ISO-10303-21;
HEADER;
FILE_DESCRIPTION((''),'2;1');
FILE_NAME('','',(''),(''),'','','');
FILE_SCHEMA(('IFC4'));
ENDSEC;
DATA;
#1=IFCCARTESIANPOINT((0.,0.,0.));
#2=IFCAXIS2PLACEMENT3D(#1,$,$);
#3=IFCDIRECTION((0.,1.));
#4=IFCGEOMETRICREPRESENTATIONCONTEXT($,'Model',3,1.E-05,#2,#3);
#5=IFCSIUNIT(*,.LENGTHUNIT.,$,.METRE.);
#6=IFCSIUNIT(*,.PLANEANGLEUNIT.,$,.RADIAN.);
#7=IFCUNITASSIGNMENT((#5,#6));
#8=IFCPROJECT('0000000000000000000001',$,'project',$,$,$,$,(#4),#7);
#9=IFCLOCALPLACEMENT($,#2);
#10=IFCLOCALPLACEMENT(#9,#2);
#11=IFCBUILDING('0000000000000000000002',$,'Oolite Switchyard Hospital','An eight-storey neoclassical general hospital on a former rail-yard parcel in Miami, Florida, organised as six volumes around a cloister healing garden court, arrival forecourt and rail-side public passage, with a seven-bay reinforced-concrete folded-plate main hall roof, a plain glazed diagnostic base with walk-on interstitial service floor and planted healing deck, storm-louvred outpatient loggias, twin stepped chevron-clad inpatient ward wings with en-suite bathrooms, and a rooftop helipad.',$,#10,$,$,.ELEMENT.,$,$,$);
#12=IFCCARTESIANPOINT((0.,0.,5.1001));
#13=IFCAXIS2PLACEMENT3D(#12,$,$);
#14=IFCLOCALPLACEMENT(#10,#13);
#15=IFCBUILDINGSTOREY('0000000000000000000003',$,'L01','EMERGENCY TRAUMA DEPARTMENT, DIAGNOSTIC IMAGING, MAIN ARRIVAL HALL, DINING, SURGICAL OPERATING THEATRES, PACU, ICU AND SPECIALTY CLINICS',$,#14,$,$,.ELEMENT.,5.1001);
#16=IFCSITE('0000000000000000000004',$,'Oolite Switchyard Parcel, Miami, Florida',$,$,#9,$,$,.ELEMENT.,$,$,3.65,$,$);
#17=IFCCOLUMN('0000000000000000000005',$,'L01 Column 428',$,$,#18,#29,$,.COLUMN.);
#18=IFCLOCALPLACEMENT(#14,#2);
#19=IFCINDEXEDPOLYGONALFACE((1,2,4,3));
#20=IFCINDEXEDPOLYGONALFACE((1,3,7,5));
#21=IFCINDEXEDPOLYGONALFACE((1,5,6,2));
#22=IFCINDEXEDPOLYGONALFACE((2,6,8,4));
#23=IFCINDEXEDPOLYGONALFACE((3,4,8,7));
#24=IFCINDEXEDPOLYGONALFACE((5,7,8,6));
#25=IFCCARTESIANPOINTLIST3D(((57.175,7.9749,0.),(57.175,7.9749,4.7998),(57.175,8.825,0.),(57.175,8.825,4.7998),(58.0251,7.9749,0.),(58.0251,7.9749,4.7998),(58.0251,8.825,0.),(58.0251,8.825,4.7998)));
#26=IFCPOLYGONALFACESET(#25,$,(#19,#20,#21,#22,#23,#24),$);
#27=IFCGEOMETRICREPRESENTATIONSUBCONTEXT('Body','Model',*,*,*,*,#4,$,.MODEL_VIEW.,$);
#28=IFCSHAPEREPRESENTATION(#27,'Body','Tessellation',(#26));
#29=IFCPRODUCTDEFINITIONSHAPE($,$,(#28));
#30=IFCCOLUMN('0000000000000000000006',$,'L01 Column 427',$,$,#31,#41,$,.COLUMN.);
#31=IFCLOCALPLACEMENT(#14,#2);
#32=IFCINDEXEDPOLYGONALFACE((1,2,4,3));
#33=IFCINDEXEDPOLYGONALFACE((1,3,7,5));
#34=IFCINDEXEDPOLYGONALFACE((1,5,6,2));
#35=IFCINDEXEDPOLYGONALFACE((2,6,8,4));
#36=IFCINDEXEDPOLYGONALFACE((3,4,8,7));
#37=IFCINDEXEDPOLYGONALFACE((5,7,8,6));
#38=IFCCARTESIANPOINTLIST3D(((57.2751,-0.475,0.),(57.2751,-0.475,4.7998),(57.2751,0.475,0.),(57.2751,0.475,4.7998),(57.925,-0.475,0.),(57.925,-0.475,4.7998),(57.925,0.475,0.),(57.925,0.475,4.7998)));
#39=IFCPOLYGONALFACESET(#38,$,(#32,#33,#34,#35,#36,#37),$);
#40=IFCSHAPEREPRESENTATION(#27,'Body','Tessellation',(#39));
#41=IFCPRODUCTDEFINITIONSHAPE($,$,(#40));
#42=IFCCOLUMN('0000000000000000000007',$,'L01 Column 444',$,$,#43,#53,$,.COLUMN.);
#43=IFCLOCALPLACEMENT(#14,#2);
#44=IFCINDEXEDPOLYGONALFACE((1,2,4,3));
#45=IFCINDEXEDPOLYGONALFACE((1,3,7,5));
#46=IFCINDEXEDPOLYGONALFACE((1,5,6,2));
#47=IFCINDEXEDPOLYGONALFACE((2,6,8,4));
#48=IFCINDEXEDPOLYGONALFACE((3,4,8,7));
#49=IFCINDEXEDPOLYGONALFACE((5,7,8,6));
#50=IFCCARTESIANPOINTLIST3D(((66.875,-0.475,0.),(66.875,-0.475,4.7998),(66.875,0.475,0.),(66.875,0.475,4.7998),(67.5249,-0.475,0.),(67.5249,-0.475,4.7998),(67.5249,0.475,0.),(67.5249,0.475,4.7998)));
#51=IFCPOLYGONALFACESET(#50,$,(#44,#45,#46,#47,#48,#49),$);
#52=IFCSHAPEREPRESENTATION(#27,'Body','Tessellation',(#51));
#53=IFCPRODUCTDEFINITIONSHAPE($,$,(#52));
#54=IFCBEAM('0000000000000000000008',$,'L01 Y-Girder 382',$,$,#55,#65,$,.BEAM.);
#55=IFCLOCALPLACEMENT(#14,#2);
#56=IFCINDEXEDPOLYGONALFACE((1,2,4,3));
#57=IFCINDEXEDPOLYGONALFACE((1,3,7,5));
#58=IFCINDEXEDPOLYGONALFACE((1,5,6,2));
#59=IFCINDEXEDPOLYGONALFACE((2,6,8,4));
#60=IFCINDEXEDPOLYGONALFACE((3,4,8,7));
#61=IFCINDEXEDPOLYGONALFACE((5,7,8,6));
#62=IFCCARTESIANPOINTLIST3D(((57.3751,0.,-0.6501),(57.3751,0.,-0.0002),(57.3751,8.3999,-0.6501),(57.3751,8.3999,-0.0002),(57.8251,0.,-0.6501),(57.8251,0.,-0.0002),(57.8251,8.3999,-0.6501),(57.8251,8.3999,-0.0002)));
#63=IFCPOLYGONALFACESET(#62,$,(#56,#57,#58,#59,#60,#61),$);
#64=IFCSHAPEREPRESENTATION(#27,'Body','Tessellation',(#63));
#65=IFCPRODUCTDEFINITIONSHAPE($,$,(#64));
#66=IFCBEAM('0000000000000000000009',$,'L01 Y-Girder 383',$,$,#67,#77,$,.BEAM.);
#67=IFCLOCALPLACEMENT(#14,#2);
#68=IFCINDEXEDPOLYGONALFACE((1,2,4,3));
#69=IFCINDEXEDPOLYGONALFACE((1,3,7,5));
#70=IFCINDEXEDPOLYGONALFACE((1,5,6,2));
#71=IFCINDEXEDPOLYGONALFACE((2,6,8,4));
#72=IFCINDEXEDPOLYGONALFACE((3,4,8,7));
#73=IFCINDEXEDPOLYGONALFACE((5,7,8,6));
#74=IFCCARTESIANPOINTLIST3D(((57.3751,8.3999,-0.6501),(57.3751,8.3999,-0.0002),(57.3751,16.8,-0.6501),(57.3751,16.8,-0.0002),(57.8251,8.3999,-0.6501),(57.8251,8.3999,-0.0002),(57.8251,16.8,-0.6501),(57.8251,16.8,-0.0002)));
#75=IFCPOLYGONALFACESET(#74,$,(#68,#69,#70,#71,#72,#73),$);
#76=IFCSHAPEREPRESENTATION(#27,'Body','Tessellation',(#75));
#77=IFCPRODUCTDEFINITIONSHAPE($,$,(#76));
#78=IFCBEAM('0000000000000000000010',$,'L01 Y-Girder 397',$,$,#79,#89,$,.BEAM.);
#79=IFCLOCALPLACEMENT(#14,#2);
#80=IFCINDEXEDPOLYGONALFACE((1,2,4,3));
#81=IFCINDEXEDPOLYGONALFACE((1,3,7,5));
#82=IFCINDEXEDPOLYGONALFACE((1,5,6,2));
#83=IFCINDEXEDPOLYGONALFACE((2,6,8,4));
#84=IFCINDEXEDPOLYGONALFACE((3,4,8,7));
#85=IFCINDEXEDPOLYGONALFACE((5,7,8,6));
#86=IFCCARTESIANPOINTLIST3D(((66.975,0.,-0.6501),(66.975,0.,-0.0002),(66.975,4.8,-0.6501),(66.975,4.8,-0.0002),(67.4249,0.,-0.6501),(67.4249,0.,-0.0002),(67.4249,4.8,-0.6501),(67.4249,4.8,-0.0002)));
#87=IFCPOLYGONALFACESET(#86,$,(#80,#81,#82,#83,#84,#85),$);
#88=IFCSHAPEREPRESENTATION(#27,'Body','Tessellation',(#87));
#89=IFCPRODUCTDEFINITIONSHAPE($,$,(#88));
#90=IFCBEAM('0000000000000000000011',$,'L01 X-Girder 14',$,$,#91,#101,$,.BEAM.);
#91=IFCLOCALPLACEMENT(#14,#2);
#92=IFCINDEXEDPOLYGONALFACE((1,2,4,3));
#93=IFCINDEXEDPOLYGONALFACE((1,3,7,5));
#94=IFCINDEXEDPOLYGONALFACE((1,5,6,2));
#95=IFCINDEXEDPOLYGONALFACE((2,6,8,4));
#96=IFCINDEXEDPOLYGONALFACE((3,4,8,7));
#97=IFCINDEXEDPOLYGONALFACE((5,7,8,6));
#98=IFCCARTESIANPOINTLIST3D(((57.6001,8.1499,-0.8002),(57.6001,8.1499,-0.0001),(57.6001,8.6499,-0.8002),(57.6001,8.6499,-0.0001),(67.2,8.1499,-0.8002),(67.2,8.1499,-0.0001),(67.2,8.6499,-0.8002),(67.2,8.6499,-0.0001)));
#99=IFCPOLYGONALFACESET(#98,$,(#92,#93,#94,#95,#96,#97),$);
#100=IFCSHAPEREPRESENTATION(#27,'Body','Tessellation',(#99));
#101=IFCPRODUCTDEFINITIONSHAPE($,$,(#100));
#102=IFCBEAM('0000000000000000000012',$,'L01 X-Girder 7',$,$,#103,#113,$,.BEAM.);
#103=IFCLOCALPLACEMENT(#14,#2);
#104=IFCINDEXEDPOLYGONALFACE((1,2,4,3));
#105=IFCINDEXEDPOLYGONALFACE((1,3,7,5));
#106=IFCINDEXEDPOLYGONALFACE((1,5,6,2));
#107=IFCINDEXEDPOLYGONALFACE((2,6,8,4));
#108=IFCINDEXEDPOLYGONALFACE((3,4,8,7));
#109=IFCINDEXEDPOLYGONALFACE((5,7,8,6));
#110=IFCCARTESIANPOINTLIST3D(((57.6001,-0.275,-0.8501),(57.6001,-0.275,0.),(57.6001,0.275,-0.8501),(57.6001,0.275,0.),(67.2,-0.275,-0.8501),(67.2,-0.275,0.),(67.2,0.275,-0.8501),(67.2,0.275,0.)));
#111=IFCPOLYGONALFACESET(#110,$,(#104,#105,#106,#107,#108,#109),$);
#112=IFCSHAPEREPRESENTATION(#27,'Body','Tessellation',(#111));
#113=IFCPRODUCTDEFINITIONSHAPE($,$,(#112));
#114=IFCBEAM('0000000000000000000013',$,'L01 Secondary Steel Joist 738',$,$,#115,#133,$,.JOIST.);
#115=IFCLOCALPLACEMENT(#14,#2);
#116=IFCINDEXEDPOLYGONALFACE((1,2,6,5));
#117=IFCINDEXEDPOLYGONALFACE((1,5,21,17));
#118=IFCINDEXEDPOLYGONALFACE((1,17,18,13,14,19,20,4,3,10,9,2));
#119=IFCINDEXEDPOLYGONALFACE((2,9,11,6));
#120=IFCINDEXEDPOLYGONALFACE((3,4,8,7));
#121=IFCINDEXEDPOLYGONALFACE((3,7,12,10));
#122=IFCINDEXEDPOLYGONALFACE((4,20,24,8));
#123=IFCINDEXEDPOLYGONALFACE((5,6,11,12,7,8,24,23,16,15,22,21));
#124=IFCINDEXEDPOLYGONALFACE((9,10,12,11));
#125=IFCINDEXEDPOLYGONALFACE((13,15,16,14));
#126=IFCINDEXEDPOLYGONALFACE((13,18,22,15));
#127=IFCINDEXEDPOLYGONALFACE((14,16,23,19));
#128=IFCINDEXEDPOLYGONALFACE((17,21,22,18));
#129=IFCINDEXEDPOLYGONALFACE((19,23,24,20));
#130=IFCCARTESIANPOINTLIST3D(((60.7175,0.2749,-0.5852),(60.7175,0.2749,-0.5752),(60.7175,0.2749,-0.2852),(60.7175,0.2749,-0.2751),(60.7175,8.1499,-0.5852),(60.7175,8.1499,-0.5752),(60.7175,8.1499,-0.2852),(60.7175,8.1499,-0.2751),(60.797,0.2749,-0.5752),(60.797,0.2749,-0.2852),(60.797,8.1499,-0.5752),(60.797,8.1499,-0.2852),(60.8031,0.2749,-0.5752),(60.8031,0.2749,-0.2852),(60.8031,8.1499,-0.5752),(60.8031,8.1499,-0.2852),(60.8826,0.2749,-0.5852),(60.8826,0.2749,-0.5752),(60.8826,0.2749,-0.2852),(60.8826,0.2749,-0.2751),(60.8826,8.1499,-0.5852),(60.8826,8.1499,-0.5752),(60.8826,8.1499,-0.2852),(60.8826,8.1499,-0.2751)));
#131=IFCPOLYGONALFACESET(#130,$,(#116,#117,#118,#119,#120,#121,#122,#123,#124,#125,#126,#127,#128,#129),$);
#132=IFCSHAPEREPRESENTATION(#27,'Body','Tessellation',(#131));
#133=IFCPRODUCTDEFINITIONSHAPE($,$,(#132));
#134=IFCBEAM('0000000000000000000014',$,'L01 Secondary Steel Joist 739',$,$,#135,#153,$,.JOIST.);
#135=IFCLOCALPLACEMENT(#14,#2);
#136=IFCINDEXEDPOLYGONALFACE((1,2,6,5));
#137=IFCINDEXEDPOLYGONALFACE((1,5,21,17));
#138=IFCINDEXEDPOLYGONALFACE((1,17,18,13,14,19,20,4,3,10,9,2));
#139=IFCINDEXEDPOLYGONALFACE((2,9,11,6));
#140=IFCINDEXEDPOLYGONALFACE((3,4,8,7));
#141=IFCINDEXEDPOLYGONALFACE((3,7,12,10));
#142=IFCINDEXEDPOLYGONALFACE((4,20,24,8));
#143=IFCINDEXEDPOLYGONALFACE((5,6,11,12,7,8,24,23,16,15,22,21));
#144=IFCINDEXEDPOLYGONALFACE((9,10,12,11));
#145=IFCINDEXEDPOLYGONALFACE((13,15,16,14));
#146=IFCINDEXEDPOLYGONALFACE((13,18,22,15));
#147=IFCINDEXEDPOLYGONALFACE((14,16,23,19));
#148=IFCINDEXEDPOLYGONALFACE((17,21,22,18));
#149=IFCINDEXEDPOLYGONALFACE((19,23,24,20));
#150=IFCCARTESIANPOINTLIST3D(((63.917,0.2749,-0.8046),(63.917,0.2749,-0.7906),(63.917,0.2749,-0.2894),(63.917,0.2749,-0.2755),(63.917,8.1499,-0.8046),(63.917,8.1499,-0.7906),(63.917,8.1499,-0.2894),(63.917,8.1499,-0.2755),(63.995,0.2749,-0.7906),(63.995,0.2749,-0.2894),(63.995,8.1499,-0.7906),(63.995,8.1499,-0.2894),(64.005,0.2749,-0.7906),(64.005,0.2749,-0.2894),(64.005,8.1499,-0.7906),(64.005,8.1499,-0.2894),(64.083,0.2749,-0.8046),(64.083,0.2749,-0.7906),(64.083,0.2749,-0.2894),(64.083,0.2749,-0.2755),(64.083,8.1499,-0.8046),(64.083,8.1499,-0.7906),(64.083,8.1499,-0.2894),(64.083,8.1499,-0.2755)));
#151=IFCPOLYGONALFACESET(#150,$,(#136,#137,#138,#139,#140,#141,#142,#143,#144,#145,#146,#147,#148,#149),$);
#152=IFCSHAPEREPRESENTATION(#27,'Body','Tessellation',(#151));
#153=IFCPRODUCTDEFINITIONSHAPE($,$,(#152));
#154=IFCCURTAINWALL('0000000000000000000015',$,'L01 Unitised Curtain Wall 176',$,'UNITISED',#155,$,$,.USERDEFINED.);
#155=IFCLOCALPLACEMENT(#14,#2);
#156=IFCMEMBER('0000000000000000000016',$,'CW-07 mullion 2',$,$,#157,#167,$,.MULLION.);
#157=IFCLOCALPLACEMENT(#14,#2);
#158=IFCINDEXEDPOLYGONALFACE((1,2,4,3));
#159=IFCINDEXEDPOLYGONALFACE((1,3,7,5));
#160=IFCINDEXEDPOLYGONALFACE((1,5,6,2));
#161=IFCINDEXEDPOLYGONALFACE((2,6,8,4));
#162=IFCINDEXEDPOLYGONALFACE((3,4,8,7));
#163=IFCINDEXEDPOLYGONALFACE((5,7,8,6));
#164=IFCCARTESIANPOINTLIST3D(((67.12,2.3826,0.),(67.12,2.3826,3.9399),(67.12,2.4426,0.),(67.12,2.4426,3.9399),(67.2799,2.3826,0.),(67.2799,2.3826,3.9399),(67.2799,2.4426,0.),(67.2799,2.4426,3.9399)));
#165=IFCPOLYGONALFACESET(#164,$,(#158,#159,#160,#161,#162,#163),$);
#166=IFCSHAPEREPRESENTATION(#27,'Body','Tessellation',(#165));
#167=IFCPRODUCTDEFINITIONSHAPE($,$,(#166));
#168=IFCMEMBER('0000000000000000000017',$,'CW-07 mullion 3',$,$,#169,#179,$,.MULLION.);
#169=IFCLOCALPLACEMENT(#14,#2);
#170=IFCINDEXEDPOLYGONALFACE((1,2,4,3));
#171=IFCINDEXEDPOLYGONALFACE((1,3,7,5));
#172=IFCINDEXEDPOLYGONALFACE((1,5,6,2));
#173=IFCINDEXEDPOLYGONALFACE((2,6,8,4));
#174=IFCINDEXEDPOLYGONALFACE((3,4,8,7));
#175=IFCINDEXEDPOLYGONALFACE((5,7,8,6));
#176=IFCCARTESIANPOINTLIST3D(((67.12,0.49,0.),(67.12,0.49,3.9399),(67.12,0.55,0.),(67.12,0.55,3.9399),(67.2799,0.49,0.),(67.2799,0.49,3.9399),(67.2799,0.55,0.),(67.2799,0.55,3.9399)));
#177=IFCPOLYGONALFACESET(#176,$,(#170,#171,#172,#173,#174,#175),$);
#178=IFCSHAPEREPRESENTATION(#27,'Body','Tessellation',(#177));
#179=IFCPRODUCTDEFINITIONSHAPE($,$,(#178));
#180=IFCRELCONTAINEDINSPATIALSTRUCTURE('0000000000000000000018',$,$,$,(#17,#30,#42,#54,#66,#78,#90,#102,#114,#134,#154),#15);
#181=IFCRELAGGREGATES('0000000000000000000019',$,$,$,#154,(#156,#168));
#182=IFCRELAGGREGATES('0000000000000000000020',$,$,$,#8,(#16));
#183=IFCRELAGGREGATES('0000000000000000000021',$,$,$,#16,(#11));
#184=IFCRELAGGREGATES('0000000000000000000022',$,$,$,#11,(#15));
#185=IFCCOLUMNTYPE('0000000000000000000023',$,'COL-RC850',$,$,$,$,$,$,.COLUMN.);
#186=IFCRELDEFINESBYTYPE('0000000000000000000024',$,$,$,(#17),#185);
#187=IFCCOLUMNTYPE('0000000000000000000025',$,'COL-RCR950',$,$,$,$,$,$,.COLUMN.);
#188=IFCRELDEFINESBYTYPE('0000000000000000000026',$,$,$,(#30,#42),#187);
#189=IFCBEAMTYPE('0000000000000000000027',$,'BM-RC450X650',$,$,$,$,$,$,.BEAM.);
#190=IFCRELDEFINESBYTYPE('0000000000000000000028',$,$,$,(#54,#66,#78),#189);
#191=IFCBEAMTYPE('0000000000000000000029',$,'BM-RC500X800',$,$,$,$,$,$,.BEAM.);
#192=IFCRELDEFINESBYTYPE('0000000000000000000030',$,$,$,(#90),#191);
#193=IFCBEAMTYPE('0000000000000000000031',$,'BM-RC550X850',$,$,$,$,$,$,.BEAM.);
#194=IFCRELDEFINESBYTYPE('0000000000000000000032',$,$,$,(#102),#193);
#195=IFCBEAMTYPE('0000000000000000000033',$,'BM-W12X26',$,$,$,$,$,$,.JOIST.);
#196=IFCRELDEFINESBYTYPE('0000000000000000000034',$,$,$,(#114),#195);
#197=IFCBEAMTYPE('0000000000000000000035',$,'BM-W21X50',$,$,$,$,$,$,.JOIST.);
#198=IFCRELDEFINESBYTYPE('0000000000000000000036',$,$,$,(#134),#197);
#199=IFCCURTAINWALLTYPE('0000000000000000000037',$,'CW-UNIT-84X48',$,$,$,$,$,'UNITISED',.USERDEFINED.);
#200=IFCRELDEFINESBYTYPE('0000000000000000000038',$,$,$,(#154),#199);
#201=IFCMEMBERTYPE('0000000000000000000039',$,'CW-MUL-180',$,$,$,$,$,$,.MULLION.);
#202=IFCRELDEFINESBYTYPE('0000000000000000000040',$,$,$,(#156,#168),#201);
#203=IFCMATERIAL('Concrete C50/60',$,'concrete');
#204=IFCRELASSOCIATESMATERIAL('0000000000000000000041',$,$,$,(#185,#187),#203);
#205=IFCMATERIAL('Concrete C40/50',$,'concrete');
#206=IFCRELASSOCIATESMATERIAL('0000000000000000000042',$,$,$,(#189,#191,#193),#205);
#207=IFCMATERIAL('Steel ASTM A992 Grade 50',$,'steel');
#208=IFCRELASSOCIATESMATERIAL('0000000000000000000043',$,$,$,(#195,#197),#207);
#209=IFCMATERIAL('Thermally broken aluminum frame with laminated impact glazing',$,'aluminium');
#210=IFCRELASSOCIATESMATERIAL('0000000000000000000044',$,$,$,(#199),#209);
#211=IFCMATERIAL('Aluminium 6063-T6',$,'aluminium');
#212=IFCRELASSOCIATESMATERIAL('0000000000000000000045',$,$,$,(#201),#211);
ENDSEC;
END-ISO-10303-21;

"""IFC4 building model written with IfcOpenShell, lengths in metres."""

from ifc_helpers import new_model, si_unit, direction, frame, origin, origin_2d, place, context, subcontext, project, spatial, rectangle, i_section, extrude, material, material_profile, profile_set, type_object, element, aggregate, save


model = new_model("IFC4")

# Units and contexts
model_context = context("Model", 3, precision=1e-05, world=origin(), true_north=direction((0.0, 1.0)))
body_context = subcontext(model_context, "Body", "Model", "MODEL_VIEW")
ifc_project = project(units=[si_unit("LENGTHUNIT", "METRE"), si_unit("PLANEANGLEUNIT", "RADIAN")], contexts=[model_context])

# Site, building, storey
site_placement = place(None, origin())
site = spatial("IfcSite", under=ifc_project, at=site_placement, Name="Oolite Switchyard Parcel, Miami, Florida", CompositionType="ELEMENT", RefElevation=3.65)
building_placement = place(site_placement, origin())
building = spatial("IfcBuilding", under=site, at=building_placement, Name="Oolite Switchyard Hospital", Description="An eight-storey neoclassical general hospital on a former rail-yard parcel in Miami, Florida, organised as six volumes around a cloister healing garden court, arrival forecourt and rail-side public passage, with a seven-bay reinforced-concrete folded-plate main hall roof, a plain glazed diagnostic base with walk-on interstitial service floor and planted healing deck, storm-louvred outpatient loggias, twin stepped chevron-clad inpatient ward wings with en-suite bathrooms, and a rooftop helipad.", CompositionType="ELEMENT")
storey_placement = place(building_placement, frame((0.0, 0.0, 5.1001)))
storey = spatial("IfcBuildingStorey", under=building, at=storey_placement, Name="L01", Description="EMERGENCY TRAUMA DEPARTMENT, DIAGNOSTIC IMAGING, MAIN ARRIVAL HALL, DINING, SURGICAL OPERATING THEATRES, PACU, ICU AND SPECIALTY CLINICS", CompositionType="ELEMENT", Elevation=5.1001)

# Columns
ifc_material_1 = material(Name="Concrete C50/60", Category="concrete")
ifc_material_profile_1 = material_profile(ifc_material_1, rectangle(XDim=0.8501, YDim=0.8501, at=origin_2d()), Name="RC850X850")
ifc_profile_set_1 = profile_set([ifc_material_profile_1], Name="Concrete C50/60")
column_type_1 = type_object("IfcColumnType", Name="COL-RC850", PredefinedType="COLUMN", material=ifc_profile_set_1)
column_placement = place(storey_placement, frame((57.6001, 8.3999, 0.0), z_axis=(0.0, 0.0, 1.0), x_axis=(1.0, 0.0, 0.0)))
element("IfcColumn", 1, at=column_placement, inside=storey, type_object=column_type_1, Name="L01 Column 428", PredefinedType="COLUMN", context=body_context, shape_type="SweptSolid", body=[
    extrude(rectangle(XDim=0.8501, YDim=0.8501, at=origin_2d()), origin(), (0.0, 0.0, 1.0), 4.7998),
])
ifc_material_profile_2 = material_profile(ifc_material_1, rectangle(XDim=0.95, YDim=0.6499, at=origin_2d()), Name="RC950X650")
ifc_profile_set_2 = profile_set([ifc_material_profile_2], Name="Concrete C50/60")
column_type_2 = type_object("IfcColumnType", Name="COL-RCR950", PredefinedType="COLUMN", material=ifc_profile_set_2)
for number, where, z_axis, x_axis, name in (
    (2, (57.6001, 0.0, 0.0), (0.0, 0.0, 1.0), (0.0, 1.0, 0.0), "L01 Column 427"),
    (3, (67.2, 0.0, 0.0), (0.0, 0.0, 1.0), (0.0, 1.0, 0.0), "L01 Column 444"),
):
    element("IfcColumn", number, at=place(storey_placement, frame(where, z_axis=z_axis, x_axis=x_axis)), inside=storey, type_object=column_type_2, Name=name, PredefinedType="COLUMN", context=body_context, shape_type="SweptSolid", body=[
        extrude(rectangle(XDim=0.95, YDim=0.6499, at=origin_2d()), origin(), (0.0, 0.0, 1.0), 4.7998),
    ])

# Beams
ifc_material_2 = material(Name="Concrete C40/50", Category="concrete")
ifc_material_profile_3 = material_profile(ifc_material_2, rectangle(XDim=0.45, YDim=0.6499, at=origin_2d()), Name="RCB450X650")
ifc_profile_set_3 = profile_set([ifc_material_profile_3], Name="Concrete C40/50")
beam_type_1 = type_object("IfcBeamType", Name="BM-RC450X650", PredefinedType="BEAM", material=ifc_profile_set_3)
beam_1_placement = place(storey_placement, frame((57.6001, 0.0, -0.3252), z_axis=(0.0, 1.0, 0.0), x_axis=(-1.0, 0.0, 0.0)))
element("IfcBeam", 4, at=beam_1_placement, inside=storey, type_object=beam_type_1, Name="L01 Y-Girder 382", PredefinedType="BEAM", context=body_context, shape_type="SweptSolid", body=[
    extrude(rectangle(XDim=0.45, YDim=0.6499, at=origin_2d()), origin(), (0.0, 0.0, 1.0), 8.3999),
])
beam_2_placement = place(storey_placement, frame((57.6001, 8.3999, -0.3252), z_axis=(0.0, 1.0, 0.0), x_axis=(-1.0, 0.0, 0.0)))
element("IfcBeam", 5, at=beam_2_placement, inside=storey, type_object=beam_type_1, Name="L01 Y-Girder 383", PredefinedType="BEAM", context=body_context, shape_type="SweptSolid", body=[
    extrude(rectangle(XDim=0.45, YDim=0.6499, at=origin_2d()), origin(), (0.0, 0.0, 1.0), 8.4001),
])
beam_3_placement = place(storey_placement, frame((67.2, 0.0, -0.3252), z_axis=(0.0, 1.0, 0.0), x_axis=(-1.0, 0.0, 0.0)))
element("IfcBeam", 6, at=beam_3_placement, inside=storey, type_object=beam_type_1, Name="L01 Y-Girder 397", PredefinedType="BEAM", context=body_context, shape_type="SweptSolid", body=[
    extrude(rectangle(XDim=0.45, YDim=0.6499, at=origin_2d()), origin(), (0.0, 0.0, 1.0), 4.8),
])
ifc_material_profile_4 = material_profile(ifc_material_2, rectangle(XDim=0.5, YDim=0.8, at=origin_2d()), Name="RCB500X800")
ifc_profile_set_4 = profile_set([ifc_material_profile_4], Name="Concrete C40/50")
beam_type_2 = type_object("IfcBeamType", Name="BM-RC500X800", PredefinedType="BEAM", material=ifc_profile_set_4)
beam_4_placement = place(storey_placement, frame((57.6001, 8.3999, -0.4001), z_axis=(1.0, 0.0, 0.0), x_axis=(0.0, 1.0, 0.0)))
element("IfcBeam", 7, at=beam_4_placement, inside=storey, type_object=beam_type_2, Name="L01 X-Girder 14", PredefinedType="BEAM", context=body_context, shape_type="SweptSolid", body=[
    extrude(rectangle(XDim=0.5, YDim=0.8, at=origin_2d()), origin(), (0.0, 0.0, 1.0), 9.5999),
])
ifc_material_profile_5 = material_profile(ifc_material_2, rectangle(XDim=0.55, YDim=0.8501, at=origin_2d()), Name="RCB550X850")
ifc_profile_set_5 = profile_set([ifc_material_profile_5], Name="Concrete C40/50")
beam_type_3 = type_object("IfcBeamType", Name="BM-RC550X850", PredefinedType="BEAM", material=ifc_profile_set_5)
beam_5_placement = place(storey_placement, frame((57.6001, 0.0, -0.425), z_axis=(1.0, 0.0, 0.0), x_axis=(0.0, 1.0, 0.0)))
element("IfcBeam", 8, at=beam_5_placement, inside=storey, type_object=beam_type_3, Name="L01 X-Girder 7", PredefinedType="BEAM", context=body_context, shape_type="SweptSolid", body=[
    extrude(rectangle(XDim=0.55, YDim=0.8501, at=origin_2d()), origin(), (0.0, 0.0, 1.0), 9.5999),
])
ifc_material_3 = material(Name="Steel ASTM A992 Grade 50", Category="steel")
ifc_material_profile_6 = material_profile(ifc_material_3, i_section(OverallWidth=0.165, OverallDepth=0.3101, WebThickness=0.0061, FlangeThickness=0.01, at=origin_2d()), Name="W12X26")
ifc_profile_set_6 = profile_set([ifc_material_profile_6], Name="Steel ASTM A992 Grade 50")
beam_type_4 = type_object("IfcBeamType", Name="BM-W12X26", PredefinedType="JOIST", material=ifc_profile_set_6)
beam_6_placement = place(storey_placement, frame((60.8, 0.2749, -0.4302), z_axis=(0.0, 1.0, 0.0), x_axis=(-1.0, 0.0, 0.0)))
element("IfcBeam", 9, at=beam_6_placement, inside=storey, type_object=beam_type_4, Name="L01 Secondary Steel Joist 738", PredefinedType="JOIST", context=body_context, shape_type="SweptSolid", body=[
    extrude(i_section(OverallWidth=0.165, OverallDepth=0.3101, WebThickness=0.0061, FlangeThickness=0.01, at=origin_2d()), origin(), (0.0, 0.0, 1.0), 7.875),
])
ifc_material_profile_7 = material_profile(ifc_material_3, i_section(OverallWidth=0.166, OverallDepth=0.5291, WebThickness=0.01, FlangeThickness=0.0139, at=origin_2d()), Name="W21X50")
ifc_profile_set_7 = profile_set([ifc_material_profile_7], Name="Steel ASTM A992 Grade 50")
beam_type_5 = type_object("IfcBeamType", Name="BM-W21X50", PredefinedType="JOIST", material=ifc_profile_set_7)
beam_7_placement = place(storey_placement, frame((64.0, 0.2749, -0.54), z_axis=(0.0, 1.0, 0.0), x_axis=(-1.0, 0.0, 0.0)))
element("IfcBeam", 10, at=beam_7_placement, inside=storey, type_object=beam_type_5, Name="L01 Secondary Steel Joist 739", PredefinedType="JOIST", context=body_context, shape_type="SweptSolid", body=[
    extrude(i_section(OverallWidth=0.166, OverallDepth=0.5291, WebThickness=0.01, FlangeThickness=0.0139, at=origin_2d()), origin(), (0.0, 0.0, 1.0), 7.875),
])

# Curtain wall, members
ifc_material_4 = material(Name="Thermally broken aluminum frame with laminated impact glazing", Category="aluminium")
curtain_wall_type_1 = type_object("IfcCurtainWallType", Name="CW-UNIT-84X48", ElementType="UNITISED", PredefinedType="USERDEFINED", material=ifc_material_4)
curtain_wall_1_placement = place(storey_placement, origin())
curtain_wall_1 = element("IfcCurtainWall", 11, at=curtain_wall_1_placement, inside=storey, type_object=curtain_wall_type_1, Name="L01 Unitised Curtain Wall 176", ObjectType="UNITISED", PredefinedType="USERDEFINED")
ifc_material_5 = material(Name="Aluminium 6063-T6", Category="aluminium")
ifc_material_profile_8 = material_profile(ifc_material_5, rectangle(XDim=0.1599, YDim=0.0601, at=origin_2d()), Name="CWM60X160")
ifc_profile_set_8 = profile_set([ifc_material_profile_8], Name="Aluminium 6063-T6")
member_type_1 = type_object("IfcMemberType", Name="CW-MUL-180", PredefinedType="MULLION", material=ifc_profile_set_8)
member_1_placement = place(storey_placement, frame((67.2, 2.4126, 0.0), z_axis=(0.0, 0.0, 1.0), x_axis=(1.0, 0.0, 0.0)))
member_1 = element("IfcMember", 12, at=member_1_placement, type_object=member_type_1, Name="CW-07 mullion 2", PredefinedType="MULLION", context=body_context, shape_type="SweptSolid", body=[
    extrude(rectangle(XDim=0.1599, YDim=0.0601, at=origin_2d()), origin(), (0.0, 0.0, 1.0), 3.9399),
])
member_2_placement = place(storey_placement, frame((67.2, 0.52, 0.0), z_axis=(0.0, 0.0, 1.0), x_axis=(1.0, 0.0, 0.0)))
member_2 = element("IfcMember", 13, at=member_2_placement, type_object=member_type_1, Name="CW-07 mullion 3", PredefinedType="MULLION", context=body_context, shape_type="SweptSolid", body=[
    extrude(rectangle(XDim=0.1599, YDim=0.0601, at=origin_2d()), origin(), (0.0, 0.0, 1.0), 3.9399),
])

aggregate(curtain_wall_1, [member_1, member_2])

save(model, "model.ifc")
